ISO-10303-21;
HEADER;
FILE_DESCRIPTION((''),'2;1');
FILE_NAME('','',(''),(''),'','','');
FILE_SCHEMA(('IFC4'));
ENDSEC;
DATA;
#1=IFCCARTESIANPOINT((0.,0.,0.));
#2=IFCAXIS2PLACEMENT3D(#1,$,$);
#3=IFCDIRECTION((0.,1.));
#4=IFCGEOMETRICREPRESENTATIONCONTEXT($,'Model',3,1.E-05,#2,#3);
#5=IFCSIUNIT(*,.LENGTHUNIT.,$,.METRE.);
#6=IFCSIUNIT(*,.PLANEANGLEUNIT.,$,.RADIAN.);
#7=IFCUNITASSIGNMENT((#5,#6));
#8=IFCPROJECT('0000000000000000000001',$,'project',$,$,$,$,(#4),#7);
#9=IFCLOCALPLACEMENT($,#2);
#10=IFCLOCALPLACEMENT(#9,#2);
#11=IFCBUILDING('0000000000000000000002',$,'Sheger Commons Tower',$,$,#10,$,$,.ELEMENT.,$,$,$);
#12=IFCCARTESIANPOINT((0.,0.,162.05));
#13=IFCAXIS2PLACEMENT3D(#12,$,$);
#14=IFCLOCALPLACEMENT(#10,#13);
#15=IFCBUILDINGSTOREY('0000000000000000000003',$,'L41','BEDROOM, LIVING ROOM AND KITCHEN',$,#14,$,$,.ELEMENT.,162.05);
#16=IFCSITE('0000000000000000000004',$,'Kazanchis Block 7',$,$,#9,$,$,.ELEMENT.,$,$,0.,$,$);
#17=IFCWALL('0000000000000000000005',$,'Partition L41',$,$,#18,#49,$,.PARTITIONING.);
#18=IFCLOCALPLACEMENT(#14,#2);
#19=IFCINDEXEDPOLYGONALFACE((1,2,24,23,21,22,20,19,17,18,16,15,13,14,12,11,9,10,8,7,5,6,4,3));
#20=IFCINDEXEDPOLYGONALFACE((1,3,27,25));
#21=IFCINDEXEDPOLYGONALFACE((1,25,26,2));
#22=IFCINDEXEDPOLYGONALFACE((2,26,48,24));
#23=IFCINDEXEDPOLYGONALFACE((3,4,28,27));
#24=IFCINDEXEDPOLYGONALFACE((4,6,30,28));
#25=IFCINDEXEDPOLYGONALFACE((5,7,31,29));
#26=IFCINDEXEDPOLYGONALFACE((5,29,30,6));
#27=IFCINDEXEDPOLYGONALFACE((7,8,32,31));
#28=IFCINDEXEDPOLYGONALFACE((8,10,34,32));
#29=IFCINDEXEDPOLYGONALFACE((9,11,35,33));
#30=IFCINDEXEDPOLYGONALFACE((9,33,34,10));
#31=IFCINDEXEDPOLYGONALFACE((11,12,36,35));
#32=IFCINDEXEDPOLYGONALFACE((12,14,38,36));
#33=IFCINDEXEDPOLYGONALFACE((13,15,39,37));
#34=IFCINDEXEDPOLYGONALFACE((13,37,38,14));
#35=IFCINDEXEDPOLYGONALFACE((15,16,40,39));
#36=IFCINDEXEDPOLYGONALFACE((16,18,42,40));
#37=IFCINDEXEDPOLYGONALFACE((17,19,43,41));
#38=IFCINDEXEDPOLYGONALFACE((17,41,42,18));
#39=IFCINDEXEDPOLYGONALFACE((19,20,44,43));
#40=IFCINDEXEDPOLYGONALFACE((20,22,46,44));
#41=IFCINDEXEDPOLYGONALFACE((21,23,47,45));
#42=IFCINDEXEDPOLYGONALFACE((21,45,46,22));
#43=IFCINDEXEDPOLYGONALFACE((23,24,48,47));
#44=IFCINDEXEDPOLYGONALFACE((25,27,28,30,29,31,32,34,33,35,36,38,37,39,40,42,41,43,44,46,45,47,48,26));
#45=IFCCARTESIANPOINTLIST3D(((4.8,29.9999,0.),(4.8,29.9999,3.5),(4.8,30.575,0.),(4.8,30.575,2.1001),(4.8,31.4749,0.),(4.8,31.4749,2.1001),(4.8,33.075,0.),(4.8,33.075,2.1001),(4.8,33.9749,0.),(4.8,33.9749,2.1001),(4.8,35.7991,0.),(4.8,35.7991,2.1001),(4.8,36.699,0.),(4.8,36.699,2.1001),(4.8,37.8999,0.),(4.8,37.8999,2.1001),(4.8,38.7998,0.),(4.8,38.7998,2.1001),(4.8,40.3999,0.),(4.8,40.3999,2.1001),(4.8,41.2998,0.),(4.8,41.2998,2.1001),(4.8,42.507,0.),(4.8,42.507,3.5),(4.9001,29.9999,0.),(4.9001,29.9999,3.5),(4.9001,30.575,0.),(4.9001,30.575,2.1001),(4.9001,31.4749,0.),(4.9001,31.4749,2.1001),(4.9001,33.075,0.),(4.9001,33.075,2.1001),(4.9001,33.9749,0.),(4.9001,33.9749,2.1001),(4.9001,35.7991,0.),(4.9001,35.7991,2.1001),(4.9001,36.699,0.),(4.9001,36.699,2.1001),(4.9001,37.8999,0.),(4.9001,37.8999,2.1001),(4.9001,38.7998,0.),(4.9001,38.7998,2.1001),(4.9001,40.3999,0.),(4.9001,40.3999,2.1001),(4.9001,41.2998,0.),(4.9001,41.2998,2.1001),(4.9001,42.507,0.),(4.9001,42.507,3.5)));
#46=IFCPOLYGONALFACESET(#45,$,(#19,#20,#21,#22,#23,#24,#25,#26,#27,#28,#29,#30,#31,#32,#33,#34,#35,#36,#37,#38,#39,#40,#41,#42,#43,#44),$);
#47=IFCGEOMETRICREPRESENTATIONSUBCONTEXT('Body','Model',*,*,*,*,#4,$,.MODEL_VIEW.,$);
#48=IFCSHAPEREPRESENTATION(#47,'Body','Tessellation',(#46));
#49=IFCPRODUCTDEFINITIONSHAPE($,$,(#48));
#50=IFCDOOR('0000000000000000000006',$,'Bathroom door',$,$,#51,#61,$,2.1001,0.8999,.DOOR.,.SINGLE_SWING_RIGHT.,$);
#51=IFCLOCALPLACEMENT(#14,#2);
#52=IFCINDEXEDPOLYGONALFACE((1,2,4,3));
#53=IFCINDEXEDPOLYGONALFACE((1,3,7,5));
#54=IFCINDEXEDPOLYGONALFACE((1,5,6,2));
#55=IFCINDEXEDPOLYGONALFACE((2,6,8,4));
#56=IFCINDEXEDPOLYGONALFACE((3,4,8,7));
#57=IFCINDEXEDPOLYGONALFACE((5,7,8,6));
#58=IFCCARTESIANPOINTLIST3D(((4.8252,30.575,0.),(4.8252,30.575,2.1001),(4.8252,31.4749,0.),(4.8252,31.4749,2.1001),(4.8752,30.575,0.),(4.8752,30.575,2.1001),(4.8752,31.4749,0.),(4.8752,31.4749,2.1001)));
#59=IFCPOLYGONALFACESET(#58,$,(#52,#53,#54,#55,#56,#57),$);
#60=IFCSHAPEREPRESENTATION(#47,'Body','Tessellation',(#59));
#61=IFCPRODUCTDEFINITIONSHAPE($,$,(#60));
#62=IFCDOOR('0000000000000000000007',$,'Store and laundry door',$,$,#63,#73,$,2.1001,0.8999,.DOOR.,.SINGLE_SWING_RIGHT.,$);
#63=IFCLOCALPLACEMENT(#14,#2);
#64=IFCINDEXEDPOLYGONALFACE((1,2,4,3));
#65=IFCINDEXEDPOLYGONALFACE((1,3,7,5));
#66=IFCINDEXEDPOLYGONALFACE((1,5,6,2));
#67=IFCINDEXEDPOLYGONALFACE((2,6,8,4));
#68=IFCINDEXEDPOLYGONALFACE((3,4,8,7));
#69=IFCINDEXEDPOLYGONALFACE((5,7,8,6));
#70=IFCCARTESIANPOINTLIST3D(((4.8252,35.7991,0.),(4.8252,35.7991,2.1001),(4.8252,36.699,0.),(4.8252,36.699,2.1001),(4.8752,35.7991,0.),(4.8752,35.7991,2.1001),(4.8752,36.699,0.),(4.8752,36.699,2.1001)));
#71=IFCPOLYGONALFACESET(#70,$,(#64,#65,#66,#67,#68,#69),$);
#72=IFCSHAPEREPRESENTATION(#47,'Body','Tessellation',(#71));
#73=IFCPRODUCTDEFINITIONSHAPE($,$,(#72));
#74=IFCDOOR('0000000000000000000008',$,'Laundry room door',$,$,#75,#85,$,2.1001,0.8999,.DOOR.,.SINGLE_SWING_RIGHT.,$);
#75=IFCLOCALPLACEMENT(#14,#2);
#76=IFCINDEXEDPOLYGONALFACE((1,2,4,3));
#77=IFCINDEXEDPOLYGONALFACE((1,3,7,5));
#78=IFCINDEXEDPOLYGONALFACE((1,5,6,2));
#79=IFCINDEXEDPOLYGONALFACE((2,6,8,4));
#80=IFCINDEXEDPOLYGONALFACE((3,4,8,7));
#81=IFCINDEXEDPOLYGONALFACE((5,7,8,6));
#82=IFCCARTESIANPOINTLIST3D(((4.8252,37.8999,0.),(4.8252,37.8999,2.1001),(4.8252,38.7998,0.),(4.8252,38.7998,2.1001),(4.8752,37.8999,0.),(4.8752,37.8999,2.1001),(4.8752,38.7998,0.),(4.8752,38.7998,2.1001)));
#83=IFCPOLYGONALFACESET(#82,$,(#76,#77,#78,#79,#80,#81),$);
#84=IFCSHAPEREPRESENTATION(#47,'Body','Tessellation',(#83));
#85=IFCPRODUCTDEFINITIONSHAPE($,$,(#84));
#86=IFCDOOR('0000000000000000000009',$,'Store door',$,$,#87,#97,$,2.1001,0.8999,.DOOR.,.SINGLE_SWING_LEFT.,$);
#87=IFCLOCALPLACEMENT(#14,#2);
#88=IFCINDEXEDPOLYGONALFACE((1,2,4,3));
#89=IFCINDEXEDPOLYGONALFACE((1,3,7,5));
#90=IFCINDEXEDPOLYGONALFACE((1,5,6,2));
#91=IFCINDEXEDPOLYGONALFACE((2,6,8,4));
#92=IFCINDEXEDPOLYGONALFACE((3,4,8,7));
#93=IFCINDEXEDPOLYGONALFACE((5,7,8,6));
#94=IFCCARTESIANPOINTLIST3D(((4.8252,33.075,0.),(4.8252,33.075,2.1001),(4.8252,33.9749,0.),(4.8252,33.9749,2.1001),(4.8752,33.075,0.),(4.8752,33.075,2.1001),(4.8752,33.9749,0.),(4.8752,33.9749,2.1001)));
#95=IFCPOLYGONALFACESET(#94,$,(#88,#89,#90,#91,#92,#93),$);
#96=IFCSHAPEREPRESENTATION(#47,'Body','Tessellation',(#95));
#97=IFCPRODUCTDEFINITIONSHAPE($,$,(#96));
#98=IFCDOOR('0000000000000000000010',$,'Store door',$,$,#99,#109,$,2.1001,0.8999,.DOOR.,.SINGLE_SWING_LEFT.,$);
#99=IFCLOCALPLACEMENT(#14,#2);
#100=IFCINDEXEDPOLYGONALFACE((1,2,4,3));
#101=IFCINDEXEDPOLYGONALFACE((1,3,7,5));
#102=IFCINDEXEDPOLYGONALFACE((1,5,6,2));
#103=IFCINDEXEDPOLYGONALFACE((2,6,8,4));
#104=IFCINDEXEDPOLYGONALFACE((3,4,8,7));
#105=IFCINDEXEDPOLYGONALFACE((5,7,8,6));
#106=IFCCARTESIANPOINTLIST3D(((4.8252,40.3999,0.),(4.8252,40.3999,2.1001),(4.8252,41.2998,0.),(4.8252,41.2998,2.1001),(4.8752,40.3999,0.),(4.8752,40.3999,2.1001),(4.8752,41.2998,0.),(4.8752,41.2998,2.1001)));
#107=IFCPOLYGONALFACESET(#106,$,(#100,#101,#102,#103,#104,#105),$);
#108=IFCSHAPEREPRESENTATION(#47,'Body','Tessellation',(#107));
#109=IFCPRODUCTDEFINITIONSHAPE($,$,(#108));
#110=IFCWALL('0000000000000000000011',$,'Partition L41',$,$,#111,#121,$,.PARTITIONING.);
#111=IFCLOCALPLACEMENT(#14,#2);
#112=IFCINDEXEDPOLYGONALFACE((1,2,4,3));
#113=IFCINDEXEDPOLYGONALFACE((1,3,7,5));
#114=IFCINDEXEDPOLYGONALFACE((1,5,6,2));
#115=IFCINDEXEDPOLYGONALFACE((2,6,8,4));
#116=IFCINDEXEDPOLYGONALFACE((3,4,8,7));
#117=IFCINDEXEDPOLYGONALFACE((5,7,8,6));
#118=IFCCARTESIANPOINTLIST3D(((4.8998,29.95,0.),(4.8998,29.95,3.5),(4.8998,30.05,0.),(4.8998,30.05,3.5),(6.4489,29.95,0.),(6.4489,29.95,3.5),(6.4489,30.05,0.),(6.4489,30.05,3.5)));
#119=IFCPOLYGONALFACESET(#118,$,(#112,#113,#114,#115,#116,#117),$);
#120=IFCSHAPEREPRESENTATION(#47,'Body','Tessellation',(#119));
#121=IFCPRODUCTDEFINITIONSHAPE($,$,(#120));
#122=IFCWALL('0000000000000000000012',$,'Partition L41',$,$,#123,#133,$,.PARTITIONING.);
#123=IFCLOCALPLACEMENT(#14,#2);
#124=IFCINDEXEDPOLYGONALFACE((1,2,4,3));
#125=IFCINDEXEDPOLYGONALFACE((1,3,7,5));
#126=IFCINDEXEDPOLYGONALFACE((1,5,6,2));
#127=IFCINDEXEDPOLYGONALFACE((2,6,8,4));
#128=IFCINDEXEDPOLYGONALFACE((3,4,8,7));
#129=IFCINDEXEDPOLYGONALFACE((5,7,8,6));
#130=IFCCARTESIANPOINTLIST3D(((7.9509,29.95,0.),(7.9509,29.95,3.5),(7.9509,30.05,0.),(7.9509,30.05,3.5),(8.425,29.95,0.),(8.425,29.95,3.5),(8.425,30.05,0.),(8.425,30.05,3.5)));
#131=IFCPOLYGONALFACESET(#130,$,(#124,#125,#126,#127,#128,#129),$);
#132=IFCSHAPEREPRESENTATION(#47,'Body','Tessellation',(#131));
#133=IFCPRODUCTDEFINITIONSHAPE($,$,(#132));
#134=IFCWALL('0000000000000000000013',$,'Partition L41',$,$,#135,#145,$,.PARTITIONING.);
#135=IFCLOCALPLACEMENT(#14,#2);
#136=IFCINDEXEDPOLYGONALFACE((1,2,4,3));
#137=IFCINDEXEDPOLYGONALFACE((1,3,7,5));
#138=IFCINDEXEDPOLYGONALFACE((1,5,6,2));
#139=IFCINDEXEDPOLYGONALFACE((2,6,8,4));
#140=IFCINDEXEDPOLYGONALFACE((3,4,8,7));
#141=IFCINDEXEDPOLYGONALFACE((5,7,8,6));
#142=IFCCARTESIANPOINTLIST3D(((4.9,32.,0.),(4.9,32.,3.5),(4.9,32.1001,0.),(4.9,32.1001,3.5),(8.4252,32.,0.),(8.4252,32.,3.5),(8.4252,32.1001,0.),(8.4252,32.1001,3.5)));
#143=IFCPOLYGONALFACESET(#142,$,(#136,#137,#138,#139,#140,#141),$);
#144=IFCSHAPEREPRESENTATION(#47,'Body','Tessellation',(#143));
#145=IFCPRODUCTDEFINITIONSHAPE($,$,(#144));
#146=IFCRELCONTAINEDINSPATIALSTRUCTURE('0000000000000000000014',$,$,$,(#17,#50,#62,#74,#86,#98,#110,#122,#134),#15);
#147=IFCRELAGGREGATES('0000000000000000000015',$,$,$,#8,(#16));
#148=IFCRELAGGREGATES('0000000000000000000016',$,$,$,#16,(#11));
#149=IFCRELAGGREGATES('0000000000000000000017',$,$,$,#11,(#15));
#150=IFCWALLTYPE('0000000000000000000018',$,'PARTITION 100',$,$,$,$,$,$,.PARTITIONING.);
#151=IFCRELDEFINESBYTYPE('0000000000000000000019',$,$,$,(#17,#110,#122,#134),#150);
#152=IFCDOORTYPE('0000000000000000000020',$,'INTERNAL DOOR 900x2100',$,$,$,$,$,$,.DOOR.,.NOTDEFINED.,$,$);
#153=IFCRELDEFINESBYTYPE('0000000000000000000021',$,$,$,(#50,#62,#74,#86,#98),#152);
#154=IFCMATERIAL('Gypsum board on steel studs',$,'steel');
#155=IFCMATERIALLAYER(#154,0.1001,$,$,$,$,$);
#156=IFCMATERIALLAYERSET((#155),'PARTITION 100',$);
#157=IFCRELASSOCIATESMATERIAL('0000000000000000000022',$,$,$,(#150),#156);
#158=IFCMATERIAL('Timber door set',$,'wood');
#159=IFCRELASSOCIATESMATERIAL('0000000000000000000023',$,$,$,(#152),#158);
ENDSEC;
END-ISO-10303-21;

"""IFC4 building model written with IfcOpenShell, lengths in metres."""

from ifc_helpers import new_model, si_unit, direction, frame, frame_2d, origin, place, context, subcontext, project, spatial, rectangle, extrude, material, layer, layer_set, type_object, element, fill, save


model = new_model("IFC4")

# Units and contexts
model_context = context("Model", 3, precision=1e-05, world=origin(), true_north=direction((0.0, 1.0)))
body_context = subcontext(model_context, "Body", "Model", "MODEL_VIEW")
ifc_project = project(units=[si_unit("LENGTHUNIT", "METRE"), si_unit("PLANEANGLEUNIT", "RADIAN")], contexts=[model_context])

# Site, building, storey
site_placement = place(None, origin())
site = spatial("IfcSite", under=ifc_project, at=site_placement, Name="Kazanchis Block 7", CompositionType="ELEMENT", RefElevation=0.0)
building_placement = place(site_placement, origin())
building = spatial("IfcBuilding", under=site, at=building_placement, Name="Sheger Commons Tower", CompositionType="ELEMENT")
storey_placement = place(building_placement, frame((0.0, 0.0, 162.05)))
storey = spatial("IfcBuildingStorey", under=building, at=storey_placement, Name="L41", Description="BEDROOM, LIVING ROOM AND KITCHEN", CompositionType="ELEMENT", Elevation=162.05)

# Shared definitions
ifc_material_1 = material(Name="Gypsum board on steel studs", Category="steel")
ifc_layer_1 = layer(ifc_material_1, 0.1001)
ifc_layer_set_1 = layer_set([ifc_layer_1], Name="PARTITION 100")
wall_type_1 = type_object("IfcWallType", Name="PARTITION 100", PredefinedType="PARTITIONING", material=ifc_layer_set_1)

# Wall, openings, doors
wall_1_placement = place(storey_placement, frame((4.8501, 30.0, 0.0), z_axis=(0.0, 0.0, 1.0), x_axis=(0.0, 1.0, 0.0)))
wall_1 = element("IfcWall", 1, at=wall_1_placement, inside=storey, type_object=wall_type_1, Name="Partition L41", PredefinedType="PARTITIONING", context=body_context, shape_type="SweptSolid", body=[
    extrude(rectangle(XDim=12.5071, YDim=0.1001, at=frame_2d((6.2534, 0.0))), origin(), (0.0, 0.0, 1.0), 3.5),
])
opening_1_placement = place(wall_1_placement, frame((0.575, 0.0, 0.0)))
opening_1 = element("IfcOpeningElement", 2, at=opening_1_placement, cuts=wall_1, PredefinedType="OPENING", context=body_context, shape_type="SweptSolid", body=[
    extrude(rectangle(XDim=0.8999, YDim=2.1001, at=frame_2d((0.45, 1.05))), frame((0.0, 0.0601, 0.0), z_axis=(0.0, -1.0, 0.0), x_axis=(1.0, 0.0, 0.0)), (0.0, 0.0, 1.0), 0.1201),
])
opening_2_placement = place(wall_1_placement, frame((5.7991, 0.0, 0.0)))
opening_2 = element("IfcOpeningElement", 3, at=opening_2_placement, cuts=wall_1, PredefinedType="OPENING", context=body_context, shape_type="SweptSolid", body=[
    extrude(rectangle(XDim=0.8999, YDim=2.1001, at=frame_2d((0.45, 1.05))), frame((0.0, 0.0601, 0.0), z_axis=(0.0, -1.0, 0.0), x_axis=(1.0, 0.0, 0.0)), (0.0, 0.0, 1.0), 0.1201),
])
opening_3_placement = place(wall_1_placement, frame((7.8999, 0.0, 0.0)))
opening_3 = element("IfcOpeningElement", 4, at=opening_3_placement, cuts=wall_1, PredefinedType="OPENING", context=body_context, shape_type="SweptSolid", body=[
    extrude(rectangle(XDim=0.8999, YDim=2.1001, at=frame_2d((0.45, 1.05))), frame((0.0, 0.0601, 0.0), z_axis=(0.0, -1.0, 0.0), x_axis=(1.0, 0.0, 0.0)), (0.0, 0.0, 1.0), 0.1201),
])
opening_4_placement = place(wall_1_placement, frame((3.075, 0.0, 0.0)))
opening_4 = element("IfcOpeningElement", 5, at=opening_4_placement, cuts=wall_1, PredefinedType="OPENING", context=body_context, shape_type="SweptSolid", body=[
    extrude(rectangle(XDim=0.8999, YDim=2.1001, at=frame_2d((0.45, 1.05))), frame((0.0, 0.0601, 0.0), z_axis=(0.0, -1.0, 0.0), x_axis=(1.0, 0.0, 0.0)), (0.0, 0.0, 1.0), 0.1201),
])
opening_5_placement = place(wall_1_placement, frame((10.3999, 0.0, 0.0)))
opening_5 = element("IfcOpeningElement", 6, at=opening_5_placement, cuts=wall_1, PredefinedType="OPENING", context=body_context, shape_type="SweptSolid", body=[
    extrude(rectangle(XDim=0.8999, YDim=2.1001, at=frame_2d((0.45, 1.05))), frame((0.0, 0.0601, 0.0), z_axis=(0.0, -1.0, 0.0), x_axis=(1.0, 0.0, 0.0)), (0.0, 0.0, 1.0), 0.1201),
])
ifc_material_2 = material(Name="Timber door set", Category="wood")
door_type_1 = type_object("IfcDoorType", Name="INTERNAL DOOR 900x2100", OperationType="NOTDEFINED", PredefinedType="DOOR", material=ifc_material_2)
door_1_placement = place(opening_1_placement, origin())
door_1 = element("IfcDoor", 7, at=door_1_placement, inside=storey, type_object=door_type_1, Name="Bathroom door", OperationType="SINGLE_SWING_RIGHT", OverallHeight=2.1001, OverallWidth=0.8999, PredefinedType="DOOR", context=body_context, shape_type="SweptSolid", body=[
    extrude(rectangle(XDim=0.8999, YDim=2.1001, at=frame_2d((0.45, 1.05))), frame((0.0, 0.0249, 0.0), z_axis=(0.0, -1.0, 0.0), x_axis=(1.0, 0.0, 0.0)), (0.0, 0.0, 1.0), 0.05),
])
fill(opening_1, door_1)
door_2_placement = place(opening_2_placement, origin())
door_2 = element("IfcDoor", 8, at=door_2_placement, inside=storey, type_object=door_type_1, Name="Store and laundry door", OperationType="SINGLE_SWING_RIGHT", OverallHeight=2.1001, OverallWidth=0.8999, PredefinedType="DOOR", context=body_context, shape_type="SweptSolid", body=[
    extrude(rectangle(XDim=0.8999, YDim=2.1001, at=frame_2d((0.45, 1.05))), frame((0.0, 0.0249, 0.0), z_axis=(0.0, -1.0, 0.0), x_axis=(1.0, 0.0, 0.0)), (0.0, 0.0, 1.0), 0.05),
])
fill(opening_2, door_2)
door_3_placement = place(opening_3_placement, origin())
door_3 = element("IfcDoor", 9, at=door_3_placement, inside=storey, type_object=door_type_1, Name="Laundry room door", OperationType="SINGLE_SWING_RIGHT", OverallHeight=2.1001, OverallWidth=0.8999, PredefinedType="DOOR", context=body_context, shape_type="SweptSolid", body=[
    extrude(rectangle(XDim=0.8999, YDim=2.1001, at=frame_2d((0.45, 1.05))), frame((0.0, 0.0249, 0.0), z_axis=(0.0, -1.0, 0.0), x_axis=(1.0, 0.0, 0.0)), (0.0, 0.0, 1.0), 0.05),
])
fill(opening_3, door_3)
door_4_placement = place(opening_4_placement, origin())
door_4 = element("IfcDoor", 10, at=door_4_placement, inside=storey, type_object=door_type_1, Name="Store door", OperationType="SINGLE_SWING_LEFT", OverallHeight=2.1001, OverallWidth=0.8999, PredefinedType="DOOR", context=body_context, shape_type="SweptSolid", body=[
    extrude(rectangle(XDim=0.8999, YDim=2.1001, at=frame_2d((0.45, 1.05))), frame((0.0, 0.0249, 0.0), z_axis=(0.0, -1.0, 0.0), x_axis=(1.0, 0.0, 0.0)), (0.0, 0.0, 1.0), 0.05),
])
fill(opening_4, door_4)
door_5_placement = place(opening_5_placement, origin())
door_5 = element("IfcDoor", 11, at=door_5_placement, inside=storey, type_object=door_type_1, Name="Store door", OperationType="SINGLE_SWING_LEFT", OverallHeight=2.1001, OverallWidth=0.8999, PredefinedType="DOOR", context=body_context, shape_type="SweptSolid", body=[
    extrude(rectangle(XDim=0.8999, YDim=2.1001, at=frame_2d((0.45, 1.05))), frame((0.0, 0.0249, 0.0), z_axis=(0.0, -1.0, 0.0), x_axis=(1.0, 0.0, 0.0)), (0.0, 0.0, 1.0), 0.05),
])
fill(opening_5, door_5)

# Walls
wall_2_placement = place(storey_placement, frame((4.8999, 30.0, 0.0), z_axis=(0.0, 0.0, 1.0), x_axis=(1.0, 0.0, 0.0)))
element("IfcWall", 12, at=wall_2_placement, inside=storey, type_object=wall_type_1, Name="Partition L41", PredefinedType="PARTITIONING", context=body_context, shape_type="SweptSolid", body=[
    extrude(rectangle(XDim=1.5491, YDim=0.1001, at=frame_2d((0.7744, 0.0))), origin(), (0.0, 0.0, 1.0), 3.5),
])
wall_3_placement = place(storey_placement, frame((7.9509, 30.0, 0.0), z_axis=(0.0, 0.0, 1.0), x_axis=(1.0, 0.0, 0.0)))
element("IfcWall", 13, at=wall_3_placement, inside=storey, type_object=wall_type_1, Name="Partition L41", PredefinedType="PARTITIONING", context=body_context, shape_type="SweptSolid", body=[
    extrude(rectangle(XDim=0.4741, YDim=0.1001, at=frame_2d((0.2371, 0.0))), origin(), (0.0, 0.0, 1.0), 3.5),
])
wall_4_placement = place(storey_placement, frame((4.8999, 32.05, 0.0), z_axis=(0.0, 0.0, 1.0), x_axis=(1.0, 0.0, 0.0)))
element("IfcWall", 14, at=wall_4_placement, inside=storey, type_object=wall_type_1, Name="Partition L41", PredefinedType="PARTITIONING", context=body_context, shape_type="SweptSolid", body=[
    extrude(rectangle(XDim=3.5251, YDim=0.1001, at=frame_2d((1.7627, 0.0))), origin(), (0.0, 0.0, 1.0), 3.5),
])

save(model, "model.ifc")
